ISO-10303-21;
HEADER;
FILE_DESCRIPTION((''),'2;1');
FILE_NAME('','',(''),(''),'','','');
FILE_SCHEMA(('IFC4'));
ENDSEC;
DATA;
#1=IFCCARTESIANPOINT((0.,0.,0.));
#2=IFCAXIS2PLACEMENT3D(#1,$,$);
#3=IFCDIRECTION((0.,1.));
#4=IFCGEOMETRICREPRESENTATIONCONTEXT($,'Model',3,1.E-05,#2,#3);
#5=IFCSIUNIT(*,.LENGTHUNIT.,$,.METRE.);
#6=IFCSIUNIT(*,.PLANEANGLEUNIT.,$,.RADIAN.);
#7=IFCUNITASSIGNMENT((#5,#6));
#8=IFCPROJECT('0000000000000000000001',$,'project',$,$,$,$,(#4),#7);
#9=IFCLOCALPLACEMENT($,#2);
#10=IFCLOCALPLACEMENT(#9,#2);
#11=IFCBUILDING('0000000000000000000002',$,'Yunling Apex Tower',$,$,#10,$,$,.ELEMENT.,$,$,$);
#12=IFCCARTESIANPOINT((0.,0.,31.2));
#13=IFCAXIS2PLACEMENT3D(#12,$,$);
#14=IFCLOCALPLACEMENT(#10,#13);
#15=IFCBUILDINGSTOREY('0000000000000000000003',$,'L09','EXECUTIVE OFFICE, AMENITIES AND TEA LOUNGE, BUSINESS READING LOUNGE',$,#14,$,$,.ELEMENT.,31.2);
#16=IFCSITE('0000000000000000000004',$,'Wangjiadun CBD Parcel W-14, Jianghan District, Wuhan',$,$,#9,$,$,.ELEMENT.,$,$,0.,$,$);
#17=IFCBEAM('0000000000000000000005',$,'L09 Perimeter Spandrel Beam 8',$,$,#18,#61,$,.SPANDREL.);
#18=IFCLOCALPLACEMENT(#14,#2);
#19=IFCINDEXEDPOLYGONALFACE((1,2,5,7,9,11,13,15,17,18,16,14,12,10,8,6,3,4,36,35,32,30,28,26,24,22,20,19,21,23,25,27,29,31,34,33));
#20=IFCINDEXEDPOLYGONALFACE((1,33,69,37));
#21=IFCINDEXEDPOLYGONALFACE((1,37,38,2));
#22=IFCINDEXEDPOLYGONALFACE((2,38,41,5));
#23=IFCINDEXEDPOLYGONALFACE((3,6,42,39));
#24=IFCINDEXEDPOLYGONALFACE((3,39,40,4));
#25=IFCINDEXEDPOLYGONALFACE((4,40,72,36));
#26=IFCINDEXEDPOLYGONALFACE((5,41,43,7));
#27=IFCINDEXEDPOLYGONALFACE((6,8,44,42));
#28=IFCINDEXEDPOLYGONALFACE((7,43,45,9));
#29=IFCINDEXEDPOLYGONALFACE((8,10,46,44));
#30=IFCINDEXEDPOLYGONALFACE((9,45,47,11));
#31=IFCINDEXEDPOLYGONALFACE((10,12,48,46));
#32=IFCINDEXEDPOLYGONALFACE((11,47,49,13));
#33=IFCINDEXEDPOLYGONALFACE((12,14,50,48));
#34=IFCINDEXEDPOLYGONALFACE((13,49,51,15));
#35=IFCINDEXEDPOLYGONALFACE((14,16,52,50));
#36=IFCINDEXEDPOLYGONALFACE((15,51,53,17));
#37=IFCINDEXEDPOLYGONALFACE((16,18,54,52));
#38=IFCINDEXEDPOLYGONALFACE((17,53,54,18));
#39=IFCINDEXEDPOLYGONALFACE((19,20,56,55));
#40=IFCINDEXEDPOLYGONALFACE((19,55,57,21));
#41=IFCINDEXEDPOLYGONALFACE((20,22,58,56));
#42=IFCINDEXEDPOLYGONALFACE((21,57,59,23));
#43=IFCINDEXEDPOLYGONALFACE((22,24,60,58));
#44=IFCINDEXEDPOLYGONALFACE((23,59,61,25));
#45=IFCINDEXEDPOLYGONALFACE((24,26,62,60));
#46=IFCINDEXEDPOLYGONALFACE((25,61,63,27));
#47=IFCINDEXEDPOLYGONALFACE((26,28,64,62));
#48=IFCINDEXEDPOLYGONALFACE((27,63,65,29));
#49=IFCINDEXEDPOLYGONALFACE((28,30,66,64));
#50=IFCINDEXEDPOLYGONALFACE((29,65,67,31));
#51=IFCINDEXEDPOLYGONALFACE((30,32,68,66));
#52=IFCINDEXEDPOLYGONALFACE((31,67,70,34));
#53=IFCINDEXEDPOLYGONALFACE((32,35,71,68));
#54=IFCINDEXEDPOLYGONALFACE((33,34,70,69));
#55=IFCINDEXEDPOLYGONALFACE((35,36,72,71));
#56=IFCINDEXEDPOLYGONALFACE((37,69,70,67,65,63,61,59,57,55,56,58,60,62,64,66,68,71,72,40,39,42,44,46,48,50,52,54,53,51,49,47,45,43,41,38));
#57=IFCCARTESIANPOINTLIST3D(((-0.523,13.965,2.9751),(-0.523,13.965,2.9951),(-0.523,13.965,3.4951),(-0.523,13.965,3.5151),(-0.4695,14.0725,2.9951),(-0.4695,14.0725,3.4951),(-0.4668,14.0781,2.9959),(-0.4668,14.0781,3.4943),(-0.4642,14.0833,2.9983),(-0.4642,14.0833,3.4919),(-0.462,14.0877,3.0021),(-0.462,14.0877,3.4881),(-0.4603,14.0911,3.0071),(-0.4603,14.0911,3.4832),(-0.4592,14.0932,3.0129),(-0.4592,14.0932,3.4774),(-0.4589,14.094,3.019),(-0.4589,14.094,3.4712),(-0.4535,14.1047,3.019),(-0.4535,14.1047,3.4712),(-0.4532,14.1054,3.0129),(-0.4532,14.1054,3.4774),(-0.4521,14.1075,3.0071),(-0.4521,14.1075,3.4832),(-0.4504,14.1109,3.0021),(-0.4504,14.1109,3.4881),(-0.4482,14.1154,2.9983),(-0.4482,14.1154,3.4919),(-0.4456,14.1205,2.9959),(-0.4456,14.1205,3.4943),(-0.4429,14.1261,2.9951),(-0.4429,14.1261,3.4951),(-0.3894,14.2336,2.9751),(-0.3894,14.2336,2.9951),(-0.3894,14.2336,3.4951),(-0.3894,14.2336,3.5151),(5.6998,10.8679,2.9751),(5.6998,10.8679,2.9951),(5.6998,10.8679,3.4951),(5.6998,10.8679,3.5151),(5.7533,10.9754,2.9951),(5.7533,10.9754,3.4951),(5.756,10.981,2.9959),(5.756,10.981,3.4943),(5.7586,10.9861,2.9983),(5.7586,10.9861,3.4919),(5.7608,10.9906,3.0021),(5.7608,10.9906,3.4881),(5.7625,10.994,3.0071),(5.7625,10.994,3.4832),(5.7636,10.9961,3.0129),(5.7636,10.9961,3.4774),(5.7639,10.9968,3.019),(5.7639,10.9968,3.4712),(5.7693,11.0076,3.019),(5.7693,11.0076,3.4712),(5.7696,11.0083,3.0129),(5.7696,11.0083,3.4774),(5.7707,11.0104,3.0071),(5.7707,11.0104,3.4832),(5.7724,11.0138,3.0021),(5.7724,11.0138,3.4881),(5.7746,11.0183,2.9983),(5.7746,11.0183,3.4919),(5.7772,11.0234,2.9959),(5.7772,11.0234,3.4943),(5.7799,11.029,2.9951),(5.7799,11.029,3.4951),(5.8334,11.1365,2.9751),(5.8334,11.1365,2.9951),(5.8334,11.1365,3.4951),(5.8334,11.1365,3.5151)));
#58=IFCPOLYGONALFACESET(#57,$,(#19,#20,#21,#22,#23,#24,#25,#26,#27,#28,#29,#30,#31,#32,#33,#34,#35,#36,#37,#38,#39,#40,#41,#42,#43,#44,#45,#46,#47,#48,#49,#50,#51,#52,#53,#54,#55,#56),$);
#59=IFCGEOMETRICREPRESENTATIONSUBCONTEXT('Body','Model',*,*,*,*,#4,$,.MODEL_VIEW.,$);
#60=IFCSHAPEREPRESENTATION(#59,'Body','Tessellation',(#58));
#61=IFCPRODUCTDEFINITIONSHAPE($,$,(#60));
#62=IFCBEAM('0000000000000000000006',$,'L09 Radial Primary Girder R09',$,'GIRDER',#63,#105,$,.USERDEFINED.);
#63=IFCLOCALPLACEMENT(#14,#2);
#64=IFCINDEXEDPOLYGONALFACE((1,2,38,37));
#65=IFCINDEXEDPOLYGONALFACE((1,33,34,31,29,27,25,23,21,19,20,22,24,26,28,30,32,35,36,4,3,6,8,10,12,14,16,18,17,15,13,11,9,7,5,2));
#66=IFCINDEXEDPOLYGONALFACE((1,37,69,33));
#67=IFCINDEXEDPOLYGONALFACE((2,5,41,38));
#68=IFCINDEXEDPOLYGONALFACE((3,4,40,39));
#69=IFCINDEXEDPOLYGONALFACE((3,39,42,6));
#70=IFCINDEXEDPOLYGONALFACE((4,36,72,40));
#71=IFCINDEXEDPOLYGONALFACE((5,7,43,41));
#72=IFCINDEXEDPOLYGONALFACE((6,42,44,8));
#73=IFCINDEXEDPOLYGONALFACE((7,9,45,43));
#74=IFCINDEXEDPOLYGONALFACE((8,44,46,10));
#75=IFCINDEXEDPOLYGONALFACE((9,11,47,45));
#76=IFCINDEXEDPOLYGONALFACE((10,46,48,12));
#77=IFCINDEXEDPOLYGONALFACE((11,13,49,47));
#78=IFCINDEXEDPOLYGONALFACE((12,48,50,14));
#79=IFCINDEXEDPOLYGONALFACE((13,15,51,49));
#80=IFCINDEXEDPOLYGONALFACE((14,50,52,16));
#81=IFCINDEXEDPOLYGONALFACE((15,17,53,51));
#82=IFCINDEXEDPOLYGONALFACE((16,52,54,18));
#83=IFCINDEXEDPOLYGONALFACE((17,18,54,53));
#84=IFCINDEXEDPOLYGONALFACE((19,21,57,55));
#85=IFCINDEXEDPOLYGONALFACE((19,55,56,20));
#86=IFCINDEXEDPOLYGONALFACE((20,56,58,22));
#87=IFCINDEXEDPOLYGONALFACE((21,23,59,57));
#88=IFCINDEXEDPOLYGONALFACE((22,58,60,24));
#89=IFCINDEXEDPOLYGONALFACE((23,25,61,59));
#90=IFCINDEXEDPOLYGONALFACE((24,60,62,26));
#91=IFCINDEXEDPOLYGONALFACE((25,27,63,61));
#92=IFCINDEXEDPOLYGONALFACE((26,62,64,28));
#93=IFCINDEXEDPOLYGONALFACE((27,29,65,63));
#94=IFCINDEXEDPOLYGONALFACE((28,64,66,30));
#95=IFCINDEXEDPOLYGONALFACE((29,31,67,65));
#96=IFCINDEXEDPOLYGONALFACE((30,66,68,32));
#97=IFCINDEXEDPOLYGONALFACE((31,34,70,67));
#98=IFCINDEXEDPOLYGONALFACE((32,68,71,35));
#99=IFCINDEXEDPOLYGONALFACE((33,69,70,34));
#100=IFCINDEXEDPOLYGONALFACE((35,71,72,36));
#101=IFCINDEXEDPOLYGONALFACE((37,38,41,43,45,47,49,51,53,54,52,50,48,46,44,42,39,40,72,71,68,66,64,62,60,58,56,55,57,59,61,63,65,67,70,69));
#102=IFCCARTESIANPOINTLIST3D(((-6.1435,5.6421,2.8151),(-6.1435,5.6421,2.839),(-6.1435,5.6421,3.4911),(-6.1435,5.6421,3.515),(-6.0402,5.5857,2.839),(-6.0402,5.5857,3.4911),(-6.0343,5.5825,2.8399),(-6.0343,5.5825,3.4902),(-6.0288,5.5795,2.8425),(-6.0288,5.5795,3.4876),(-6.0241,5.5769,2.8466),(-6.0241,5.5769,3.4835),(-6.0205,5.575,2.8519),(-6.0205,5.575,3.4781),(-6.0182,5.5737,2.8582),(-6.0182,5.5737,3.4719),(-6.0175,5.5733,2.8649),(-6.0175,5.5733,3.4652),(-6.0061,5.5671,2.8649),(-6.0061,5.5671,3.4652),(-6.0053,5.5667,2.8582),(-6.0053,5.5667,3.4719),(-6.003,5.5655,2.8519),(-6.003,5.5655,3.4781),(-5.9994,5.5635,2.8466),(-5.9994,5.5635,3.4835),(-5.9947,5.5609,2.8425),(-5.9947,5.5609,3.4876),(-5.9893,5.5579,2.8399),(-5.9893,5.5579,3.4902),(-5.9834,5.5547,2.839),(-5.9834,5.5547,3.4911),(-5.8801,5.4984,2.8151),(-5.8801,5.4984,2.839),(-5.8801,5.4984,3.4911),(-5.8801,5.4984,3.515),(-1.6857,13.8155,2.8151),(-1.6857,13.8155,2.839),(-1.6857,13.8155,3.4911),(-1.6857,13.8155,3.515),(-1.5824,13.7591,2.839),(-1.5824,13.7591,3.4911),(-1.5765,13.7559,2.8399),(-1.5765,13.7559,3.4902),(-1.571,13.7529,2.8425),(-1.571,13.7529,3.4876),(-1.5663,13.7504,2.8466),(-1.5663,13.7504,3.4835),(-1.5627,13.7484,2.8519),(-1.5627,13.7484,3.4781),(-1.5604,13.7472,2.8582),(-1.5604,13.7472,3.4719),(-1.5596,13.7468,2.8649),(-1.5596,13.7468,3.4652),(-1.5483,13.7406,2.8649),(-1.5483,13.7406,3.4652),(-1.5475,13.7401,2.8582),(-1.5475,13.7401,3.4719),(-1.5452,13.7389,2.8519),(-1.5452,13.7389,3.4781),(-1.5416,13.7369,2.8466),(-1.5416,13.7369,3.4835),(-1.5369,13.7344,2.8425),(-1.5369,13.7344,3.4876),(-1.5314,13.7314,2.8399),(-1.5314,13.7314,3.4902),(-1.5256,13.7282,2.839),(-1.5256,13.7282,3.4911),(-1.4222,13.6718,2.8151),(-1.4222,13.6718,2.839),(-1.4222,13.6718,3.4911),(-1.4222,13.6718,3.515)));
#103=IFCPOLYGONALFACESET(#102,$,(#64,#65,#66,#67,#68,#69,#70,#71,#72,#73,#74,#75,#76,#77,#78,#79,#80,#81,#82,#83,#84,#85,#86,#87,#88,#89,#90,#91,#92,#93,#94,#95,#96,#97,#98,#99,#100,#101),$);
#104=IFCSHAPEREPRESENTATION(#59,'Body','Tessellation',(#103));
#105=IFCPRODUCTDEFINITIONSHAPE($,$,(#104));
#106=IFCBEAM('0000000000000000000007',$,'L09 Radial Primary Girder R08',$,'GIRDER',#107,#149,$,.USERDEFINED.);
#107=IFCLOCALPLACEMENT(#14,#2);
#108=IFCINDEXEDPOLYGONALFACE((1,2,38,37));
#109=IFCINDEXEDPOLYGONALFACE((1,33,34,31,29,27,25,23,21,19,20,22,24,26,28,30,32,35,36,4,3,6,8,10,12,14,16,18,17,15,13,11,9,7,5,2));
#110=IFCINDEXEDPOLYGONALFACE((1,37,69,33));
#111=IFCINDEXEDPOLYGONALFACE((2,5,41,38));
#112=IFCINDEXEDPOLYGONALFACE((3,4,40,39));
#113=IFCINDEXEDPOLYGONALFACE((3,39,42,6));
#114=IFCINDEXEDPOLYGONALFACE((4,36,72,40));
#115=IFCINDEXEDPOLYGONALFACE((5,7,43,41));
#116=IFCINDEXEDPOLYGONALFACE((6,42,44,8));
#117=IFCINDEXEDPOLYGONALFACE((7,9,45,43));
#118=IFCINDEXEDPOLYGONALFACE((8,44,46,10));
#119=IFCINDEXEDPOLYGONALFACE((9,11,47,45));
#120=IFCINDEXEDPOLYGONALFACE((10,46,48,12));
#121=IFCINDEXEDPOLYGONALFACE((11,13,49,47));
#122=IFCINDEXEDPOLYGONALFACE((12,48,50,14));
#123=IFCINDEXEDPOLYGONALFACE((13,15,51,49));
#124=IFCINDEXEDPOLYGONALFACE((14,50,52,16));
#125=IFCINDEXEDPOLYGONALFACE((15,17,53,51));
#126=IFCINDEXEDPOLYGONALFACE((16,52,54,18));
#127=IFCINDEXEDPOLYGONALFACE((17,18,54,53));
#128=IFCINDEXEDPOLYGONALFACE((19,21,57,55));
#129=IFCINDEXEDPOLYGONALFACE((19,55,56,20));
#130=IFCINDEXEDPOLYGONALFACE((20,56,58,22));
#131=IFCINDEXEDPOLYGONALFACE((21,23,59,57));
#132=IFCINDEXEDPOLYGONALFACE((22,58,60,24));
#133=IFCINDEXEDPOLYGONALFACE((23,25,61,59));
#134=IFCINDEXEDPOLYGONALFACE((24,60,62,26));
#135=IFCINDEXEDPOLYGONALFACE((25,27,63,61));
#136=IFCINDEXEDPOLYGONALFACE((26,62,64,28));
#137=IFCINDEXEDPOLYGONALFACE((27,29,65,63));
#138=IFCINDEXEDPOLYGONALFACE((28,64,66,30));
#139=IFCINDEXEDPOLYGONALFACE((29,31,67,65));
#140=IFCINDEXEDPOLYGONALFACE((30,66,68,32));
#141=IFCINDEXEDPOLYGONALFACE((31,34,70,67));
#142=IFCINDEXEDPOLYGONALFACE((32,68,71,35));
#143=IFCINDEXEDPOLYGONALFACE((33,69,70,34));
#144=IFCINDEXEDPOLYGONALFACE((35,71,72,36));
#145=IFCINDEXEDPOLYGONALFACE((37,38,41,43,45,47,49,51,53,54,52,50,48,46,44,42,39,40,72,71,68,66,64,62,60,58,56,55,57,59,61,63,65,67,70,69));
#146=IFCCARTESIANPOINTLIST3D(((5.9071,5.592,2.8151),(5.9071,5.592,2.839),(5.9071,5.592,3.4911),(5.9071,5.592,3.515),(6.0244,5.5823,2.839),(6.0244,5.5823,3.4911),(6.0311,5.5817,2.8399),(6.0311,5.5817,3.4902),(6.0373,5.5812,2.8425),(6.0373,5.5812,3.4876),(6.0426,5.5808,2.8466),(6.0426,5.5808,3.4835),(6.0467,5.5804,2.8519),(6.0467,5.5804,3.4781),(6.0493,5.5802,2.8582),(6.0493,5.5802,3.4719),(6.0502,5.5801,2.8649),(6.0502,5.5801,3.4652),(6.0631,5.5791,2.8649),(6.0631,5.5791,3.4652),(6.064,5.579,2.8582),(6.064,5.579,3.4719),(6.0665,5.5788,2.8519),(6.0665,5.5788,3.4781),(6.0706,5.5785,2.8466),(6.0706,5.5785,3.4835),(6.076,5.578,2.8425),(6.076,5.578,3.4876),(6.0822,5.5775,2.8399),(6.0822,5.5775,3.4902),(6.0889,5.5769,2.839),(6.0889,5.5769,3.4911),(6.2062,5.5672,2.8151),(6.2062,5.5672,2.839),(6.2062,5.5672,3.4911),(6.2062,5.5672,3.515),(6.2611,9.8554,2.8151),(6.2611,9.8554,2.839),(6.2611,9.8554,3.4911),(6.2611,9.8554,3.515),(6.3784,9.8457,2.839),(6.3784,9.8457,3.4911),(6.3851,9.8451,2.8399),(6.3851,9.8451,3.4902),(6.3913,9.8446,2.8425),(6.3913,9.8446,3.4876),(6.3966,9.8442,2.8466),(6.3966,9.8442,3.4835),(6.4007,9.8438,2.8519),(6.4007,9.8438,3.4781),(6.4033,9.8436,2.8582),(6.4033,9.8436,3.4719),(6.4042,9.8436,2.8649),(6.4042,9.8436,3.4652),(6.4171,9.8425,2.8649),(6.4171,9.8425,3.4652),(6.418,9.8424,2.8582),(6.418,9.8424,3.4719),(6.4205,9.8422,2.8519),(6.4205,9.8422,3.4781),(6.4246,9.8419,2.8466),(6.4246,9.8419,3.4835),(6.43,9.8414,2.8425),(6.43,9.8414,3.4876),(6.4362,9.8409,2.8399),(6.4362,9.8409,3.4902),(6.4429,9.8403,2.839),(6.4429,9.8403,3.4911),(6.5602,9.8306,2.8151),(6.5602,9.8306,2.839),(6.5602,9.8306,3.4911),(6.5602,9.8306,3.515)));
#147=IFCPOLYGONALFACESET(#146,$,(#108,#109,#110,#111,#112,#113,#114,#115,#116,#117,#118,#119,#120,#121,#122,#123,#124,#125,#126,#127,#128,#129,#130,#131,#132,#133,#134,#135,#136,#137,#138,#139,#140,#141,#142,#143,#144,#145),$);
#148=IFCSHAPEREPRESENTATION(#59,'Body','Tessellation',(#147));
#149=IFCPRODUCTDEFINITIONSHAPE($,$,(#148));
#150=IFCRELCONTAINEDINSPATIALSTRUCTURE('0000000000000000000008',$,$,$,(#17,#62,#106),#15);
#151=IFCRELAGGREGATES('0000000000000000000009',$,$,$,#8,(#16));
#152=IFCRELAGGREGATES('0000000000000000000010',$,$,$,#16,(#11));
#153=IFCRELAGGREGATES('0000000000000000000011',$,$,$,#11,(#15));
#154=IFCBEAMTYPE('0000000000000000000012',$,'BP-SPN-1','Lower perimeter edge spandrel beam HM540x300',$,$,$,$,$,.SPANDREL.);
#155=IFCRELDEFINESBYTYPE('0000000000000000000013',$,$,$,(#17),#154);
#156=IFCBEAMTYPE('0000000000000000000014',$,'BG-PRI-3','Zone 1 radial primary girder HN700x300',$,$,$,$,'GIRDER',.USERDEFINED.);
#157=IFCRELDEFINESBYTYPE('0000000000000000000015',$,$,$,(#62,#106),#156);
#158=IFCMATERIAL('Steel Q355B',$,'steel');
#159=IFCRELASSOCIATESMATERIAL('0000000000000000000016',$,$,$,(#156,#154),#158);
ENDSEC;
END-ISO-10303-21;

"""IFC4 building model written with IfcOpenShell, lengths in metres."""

from ifc_helpers import new_model, si_unit, direction, frame, origin, origin_2d, place, context, subcontext, project, spatial, i_section, extrude, source, transform, mapped, material, material_profile, profile_set, type_object, element, save


model = new_model("IFC4")

# Units and contexts
model_context = context("Model", 3, precision=1e-05, world=origin(), true_north=direction((0.0, 1.0)))
body_context = subcontext(model_context, "Body", "Model", "MODEL_VIEW")
ifc_project = project(units=[si_unit("LENGTHUNIT", "METRE"), si_unit("PLANEANGLEUNIT", "RADIAN")], contexts=[model_context])

# Site, building, storey
site_placement = place(None, origin())
site = spatial("IfcSite", under=ifc_project, at=site_placement, Name="Wangjiadun CBD Parcel W-14, Jianghan District, Wuhan", CompositionType="ELEMENT", RefElevation=0.0)
building_placement = place(site_placement, origin())
building = spatial("IfcBuilding", under=site, at=building_placement, Name="Yunling Apex Tower", CompositionType="ELEMENT")
storey_placement = place(building_placement, frame((0.0, 0.0, 31.2)))
storey = spatial("IfcBuildingStorey", under=building, at=storey_placement, Name="L09", Description="EXECUTIVE OFFICE, AMENITIES AND TEA LOUNGE, BUSINESS READING LOUNGE", CompositionType="ELEMENT", Elevation=31.2)

# Beams
ifc_material_1 = material(Name="Steel Q355B", Category="steel")
ifc_material_profile_1 = material_profile(ifc_material_1, i_section(OverallWidth=0.3, OverallDepth=0.7, WebThickness=0.0129, FlangeThickness=0.0239, FilletRadius=0.0259, at=origin_2d()))
ifc_profile_set_1 = profile_set([ifc_material_profile_1], Name="Steel Q355B")
beam_type_1 = type_object("IfcBeamType", Name="BG-PRI-3", Description="Zone 1 radial primary girder HN700x300", ElementType="GIRDER", PredefinedType="USERDEFINED", material=ifc_profile_set_1)
ifc_material_profile_2 = material_profile(ifc_material_1, i_section(OverallWidth=0.3, OverallDepth=0.54, WebThickness=0.012, FlangeThickness=0.02, FilletRadius=0.0239, at=origin_2d()))
ifc_profile_set_2 = profile_set([ifc_material_profile_2], Name="Steel Q355B")
beam_type_2 = type_object("IfcBeamType", Name="BP-SPN-1", Description="Lower perimeter edge spandrel beam HM540x300", PredefinedType="SPANDREL", material=ifc_profile_set_2)
shared_shape_1 = source(origin(), body_context, "Body", "SweptSolid", [
    extrude(i_section(OverallWidth=0.3, OverallDepth=0.54, WebThickness=0.012, FlangeThickness=0.02, FilletRadius=0.0239, at=origin_2d()), origin(), (0.0, 0.0, 1.0), 6.9509),
])
beam_1_placement = place(storey_placement, frame((5.7666, 11.0022, 3.2451), z_axis=(-0.895248, 0.445569, 0.0), x_axis=(-0.445569, -0.895248, 0.0)))
element("IfcBeam", 1, at=beam_1_placement, inside=storey, type_object=beam_type_2, Name="L09 Perimeter Spandrel Beam 8", PredefinedType="SPANDREL", context=body_context, shape_type="MappedRepresentation", body=[
    mapped(shared_shape_1, transform((0.0, 0.0, 0.0), scale=1.0)),
])
shared_shape_2 = source(origin(), body_context, "Body", "SweptSolid", [
    extrude(i_section(OverallWidth=0.3, OverallDepth=0.7, WebThickness=0.0129, FlangeThickness=0.0239, FilletRadius=0.0259, at=origin_2d()), origin(), (0.0, 0.0, 1.0), 9.3101),
])
beam_2_placement = place(storey_placement, frame((-1.554, 13.7437, 3.165), z_axis=(-0.478817, -0.877915, 0.0), x_axis=(0.877915, -0.478817, 0.0)))
element("IfcBeam", 2, at=beam_2_placement, inside=storey, type_object=beam_type_1, Name="L09 Radial Primary Girder R09", ObjectType="GIRDER", PredefinedType="USERDEFINED", context=body_context, shape_type="MappedRepresentation", body=[
    mapped(shared_shape_2, transform((0.0, 0.0, 0.0), scale=1.0)),
])
shared_shape_3 = source(origin(), body_context, "Body", "SweptSolid", [
    extrude(i_section(OverallWidth=0.3, OverallDepth=0.7, WebThickness=0.0129, FlangeThickness=0.0239, FilletRadius=0.0259, at=origin_2d()), origin(), (0.0, 0.0, 1.0), 4.2781),
])
beam_3_placement = place(storey_placement, frame((6.4106, 9.843, 3.165), z_axis=(-0.082748, -0.996571, 0.0), x_axis=(0.996571, -0.082748, 0.0)))
element("IfcBeam", 3, at=beam_3_placement, inside=storey, type_object=beam_type_1, Name="L09 Radial Primary Girder R08", ObjectType="GIRDER", PredefinedType="USERDEFINED", context=body_context, shape_type="MappedRepresentation", body=[
    mapped(shared_shape_3, transform((0.0, 0.0, 0.0), scale=1.0)),
])

save(model, "model.ifc")
